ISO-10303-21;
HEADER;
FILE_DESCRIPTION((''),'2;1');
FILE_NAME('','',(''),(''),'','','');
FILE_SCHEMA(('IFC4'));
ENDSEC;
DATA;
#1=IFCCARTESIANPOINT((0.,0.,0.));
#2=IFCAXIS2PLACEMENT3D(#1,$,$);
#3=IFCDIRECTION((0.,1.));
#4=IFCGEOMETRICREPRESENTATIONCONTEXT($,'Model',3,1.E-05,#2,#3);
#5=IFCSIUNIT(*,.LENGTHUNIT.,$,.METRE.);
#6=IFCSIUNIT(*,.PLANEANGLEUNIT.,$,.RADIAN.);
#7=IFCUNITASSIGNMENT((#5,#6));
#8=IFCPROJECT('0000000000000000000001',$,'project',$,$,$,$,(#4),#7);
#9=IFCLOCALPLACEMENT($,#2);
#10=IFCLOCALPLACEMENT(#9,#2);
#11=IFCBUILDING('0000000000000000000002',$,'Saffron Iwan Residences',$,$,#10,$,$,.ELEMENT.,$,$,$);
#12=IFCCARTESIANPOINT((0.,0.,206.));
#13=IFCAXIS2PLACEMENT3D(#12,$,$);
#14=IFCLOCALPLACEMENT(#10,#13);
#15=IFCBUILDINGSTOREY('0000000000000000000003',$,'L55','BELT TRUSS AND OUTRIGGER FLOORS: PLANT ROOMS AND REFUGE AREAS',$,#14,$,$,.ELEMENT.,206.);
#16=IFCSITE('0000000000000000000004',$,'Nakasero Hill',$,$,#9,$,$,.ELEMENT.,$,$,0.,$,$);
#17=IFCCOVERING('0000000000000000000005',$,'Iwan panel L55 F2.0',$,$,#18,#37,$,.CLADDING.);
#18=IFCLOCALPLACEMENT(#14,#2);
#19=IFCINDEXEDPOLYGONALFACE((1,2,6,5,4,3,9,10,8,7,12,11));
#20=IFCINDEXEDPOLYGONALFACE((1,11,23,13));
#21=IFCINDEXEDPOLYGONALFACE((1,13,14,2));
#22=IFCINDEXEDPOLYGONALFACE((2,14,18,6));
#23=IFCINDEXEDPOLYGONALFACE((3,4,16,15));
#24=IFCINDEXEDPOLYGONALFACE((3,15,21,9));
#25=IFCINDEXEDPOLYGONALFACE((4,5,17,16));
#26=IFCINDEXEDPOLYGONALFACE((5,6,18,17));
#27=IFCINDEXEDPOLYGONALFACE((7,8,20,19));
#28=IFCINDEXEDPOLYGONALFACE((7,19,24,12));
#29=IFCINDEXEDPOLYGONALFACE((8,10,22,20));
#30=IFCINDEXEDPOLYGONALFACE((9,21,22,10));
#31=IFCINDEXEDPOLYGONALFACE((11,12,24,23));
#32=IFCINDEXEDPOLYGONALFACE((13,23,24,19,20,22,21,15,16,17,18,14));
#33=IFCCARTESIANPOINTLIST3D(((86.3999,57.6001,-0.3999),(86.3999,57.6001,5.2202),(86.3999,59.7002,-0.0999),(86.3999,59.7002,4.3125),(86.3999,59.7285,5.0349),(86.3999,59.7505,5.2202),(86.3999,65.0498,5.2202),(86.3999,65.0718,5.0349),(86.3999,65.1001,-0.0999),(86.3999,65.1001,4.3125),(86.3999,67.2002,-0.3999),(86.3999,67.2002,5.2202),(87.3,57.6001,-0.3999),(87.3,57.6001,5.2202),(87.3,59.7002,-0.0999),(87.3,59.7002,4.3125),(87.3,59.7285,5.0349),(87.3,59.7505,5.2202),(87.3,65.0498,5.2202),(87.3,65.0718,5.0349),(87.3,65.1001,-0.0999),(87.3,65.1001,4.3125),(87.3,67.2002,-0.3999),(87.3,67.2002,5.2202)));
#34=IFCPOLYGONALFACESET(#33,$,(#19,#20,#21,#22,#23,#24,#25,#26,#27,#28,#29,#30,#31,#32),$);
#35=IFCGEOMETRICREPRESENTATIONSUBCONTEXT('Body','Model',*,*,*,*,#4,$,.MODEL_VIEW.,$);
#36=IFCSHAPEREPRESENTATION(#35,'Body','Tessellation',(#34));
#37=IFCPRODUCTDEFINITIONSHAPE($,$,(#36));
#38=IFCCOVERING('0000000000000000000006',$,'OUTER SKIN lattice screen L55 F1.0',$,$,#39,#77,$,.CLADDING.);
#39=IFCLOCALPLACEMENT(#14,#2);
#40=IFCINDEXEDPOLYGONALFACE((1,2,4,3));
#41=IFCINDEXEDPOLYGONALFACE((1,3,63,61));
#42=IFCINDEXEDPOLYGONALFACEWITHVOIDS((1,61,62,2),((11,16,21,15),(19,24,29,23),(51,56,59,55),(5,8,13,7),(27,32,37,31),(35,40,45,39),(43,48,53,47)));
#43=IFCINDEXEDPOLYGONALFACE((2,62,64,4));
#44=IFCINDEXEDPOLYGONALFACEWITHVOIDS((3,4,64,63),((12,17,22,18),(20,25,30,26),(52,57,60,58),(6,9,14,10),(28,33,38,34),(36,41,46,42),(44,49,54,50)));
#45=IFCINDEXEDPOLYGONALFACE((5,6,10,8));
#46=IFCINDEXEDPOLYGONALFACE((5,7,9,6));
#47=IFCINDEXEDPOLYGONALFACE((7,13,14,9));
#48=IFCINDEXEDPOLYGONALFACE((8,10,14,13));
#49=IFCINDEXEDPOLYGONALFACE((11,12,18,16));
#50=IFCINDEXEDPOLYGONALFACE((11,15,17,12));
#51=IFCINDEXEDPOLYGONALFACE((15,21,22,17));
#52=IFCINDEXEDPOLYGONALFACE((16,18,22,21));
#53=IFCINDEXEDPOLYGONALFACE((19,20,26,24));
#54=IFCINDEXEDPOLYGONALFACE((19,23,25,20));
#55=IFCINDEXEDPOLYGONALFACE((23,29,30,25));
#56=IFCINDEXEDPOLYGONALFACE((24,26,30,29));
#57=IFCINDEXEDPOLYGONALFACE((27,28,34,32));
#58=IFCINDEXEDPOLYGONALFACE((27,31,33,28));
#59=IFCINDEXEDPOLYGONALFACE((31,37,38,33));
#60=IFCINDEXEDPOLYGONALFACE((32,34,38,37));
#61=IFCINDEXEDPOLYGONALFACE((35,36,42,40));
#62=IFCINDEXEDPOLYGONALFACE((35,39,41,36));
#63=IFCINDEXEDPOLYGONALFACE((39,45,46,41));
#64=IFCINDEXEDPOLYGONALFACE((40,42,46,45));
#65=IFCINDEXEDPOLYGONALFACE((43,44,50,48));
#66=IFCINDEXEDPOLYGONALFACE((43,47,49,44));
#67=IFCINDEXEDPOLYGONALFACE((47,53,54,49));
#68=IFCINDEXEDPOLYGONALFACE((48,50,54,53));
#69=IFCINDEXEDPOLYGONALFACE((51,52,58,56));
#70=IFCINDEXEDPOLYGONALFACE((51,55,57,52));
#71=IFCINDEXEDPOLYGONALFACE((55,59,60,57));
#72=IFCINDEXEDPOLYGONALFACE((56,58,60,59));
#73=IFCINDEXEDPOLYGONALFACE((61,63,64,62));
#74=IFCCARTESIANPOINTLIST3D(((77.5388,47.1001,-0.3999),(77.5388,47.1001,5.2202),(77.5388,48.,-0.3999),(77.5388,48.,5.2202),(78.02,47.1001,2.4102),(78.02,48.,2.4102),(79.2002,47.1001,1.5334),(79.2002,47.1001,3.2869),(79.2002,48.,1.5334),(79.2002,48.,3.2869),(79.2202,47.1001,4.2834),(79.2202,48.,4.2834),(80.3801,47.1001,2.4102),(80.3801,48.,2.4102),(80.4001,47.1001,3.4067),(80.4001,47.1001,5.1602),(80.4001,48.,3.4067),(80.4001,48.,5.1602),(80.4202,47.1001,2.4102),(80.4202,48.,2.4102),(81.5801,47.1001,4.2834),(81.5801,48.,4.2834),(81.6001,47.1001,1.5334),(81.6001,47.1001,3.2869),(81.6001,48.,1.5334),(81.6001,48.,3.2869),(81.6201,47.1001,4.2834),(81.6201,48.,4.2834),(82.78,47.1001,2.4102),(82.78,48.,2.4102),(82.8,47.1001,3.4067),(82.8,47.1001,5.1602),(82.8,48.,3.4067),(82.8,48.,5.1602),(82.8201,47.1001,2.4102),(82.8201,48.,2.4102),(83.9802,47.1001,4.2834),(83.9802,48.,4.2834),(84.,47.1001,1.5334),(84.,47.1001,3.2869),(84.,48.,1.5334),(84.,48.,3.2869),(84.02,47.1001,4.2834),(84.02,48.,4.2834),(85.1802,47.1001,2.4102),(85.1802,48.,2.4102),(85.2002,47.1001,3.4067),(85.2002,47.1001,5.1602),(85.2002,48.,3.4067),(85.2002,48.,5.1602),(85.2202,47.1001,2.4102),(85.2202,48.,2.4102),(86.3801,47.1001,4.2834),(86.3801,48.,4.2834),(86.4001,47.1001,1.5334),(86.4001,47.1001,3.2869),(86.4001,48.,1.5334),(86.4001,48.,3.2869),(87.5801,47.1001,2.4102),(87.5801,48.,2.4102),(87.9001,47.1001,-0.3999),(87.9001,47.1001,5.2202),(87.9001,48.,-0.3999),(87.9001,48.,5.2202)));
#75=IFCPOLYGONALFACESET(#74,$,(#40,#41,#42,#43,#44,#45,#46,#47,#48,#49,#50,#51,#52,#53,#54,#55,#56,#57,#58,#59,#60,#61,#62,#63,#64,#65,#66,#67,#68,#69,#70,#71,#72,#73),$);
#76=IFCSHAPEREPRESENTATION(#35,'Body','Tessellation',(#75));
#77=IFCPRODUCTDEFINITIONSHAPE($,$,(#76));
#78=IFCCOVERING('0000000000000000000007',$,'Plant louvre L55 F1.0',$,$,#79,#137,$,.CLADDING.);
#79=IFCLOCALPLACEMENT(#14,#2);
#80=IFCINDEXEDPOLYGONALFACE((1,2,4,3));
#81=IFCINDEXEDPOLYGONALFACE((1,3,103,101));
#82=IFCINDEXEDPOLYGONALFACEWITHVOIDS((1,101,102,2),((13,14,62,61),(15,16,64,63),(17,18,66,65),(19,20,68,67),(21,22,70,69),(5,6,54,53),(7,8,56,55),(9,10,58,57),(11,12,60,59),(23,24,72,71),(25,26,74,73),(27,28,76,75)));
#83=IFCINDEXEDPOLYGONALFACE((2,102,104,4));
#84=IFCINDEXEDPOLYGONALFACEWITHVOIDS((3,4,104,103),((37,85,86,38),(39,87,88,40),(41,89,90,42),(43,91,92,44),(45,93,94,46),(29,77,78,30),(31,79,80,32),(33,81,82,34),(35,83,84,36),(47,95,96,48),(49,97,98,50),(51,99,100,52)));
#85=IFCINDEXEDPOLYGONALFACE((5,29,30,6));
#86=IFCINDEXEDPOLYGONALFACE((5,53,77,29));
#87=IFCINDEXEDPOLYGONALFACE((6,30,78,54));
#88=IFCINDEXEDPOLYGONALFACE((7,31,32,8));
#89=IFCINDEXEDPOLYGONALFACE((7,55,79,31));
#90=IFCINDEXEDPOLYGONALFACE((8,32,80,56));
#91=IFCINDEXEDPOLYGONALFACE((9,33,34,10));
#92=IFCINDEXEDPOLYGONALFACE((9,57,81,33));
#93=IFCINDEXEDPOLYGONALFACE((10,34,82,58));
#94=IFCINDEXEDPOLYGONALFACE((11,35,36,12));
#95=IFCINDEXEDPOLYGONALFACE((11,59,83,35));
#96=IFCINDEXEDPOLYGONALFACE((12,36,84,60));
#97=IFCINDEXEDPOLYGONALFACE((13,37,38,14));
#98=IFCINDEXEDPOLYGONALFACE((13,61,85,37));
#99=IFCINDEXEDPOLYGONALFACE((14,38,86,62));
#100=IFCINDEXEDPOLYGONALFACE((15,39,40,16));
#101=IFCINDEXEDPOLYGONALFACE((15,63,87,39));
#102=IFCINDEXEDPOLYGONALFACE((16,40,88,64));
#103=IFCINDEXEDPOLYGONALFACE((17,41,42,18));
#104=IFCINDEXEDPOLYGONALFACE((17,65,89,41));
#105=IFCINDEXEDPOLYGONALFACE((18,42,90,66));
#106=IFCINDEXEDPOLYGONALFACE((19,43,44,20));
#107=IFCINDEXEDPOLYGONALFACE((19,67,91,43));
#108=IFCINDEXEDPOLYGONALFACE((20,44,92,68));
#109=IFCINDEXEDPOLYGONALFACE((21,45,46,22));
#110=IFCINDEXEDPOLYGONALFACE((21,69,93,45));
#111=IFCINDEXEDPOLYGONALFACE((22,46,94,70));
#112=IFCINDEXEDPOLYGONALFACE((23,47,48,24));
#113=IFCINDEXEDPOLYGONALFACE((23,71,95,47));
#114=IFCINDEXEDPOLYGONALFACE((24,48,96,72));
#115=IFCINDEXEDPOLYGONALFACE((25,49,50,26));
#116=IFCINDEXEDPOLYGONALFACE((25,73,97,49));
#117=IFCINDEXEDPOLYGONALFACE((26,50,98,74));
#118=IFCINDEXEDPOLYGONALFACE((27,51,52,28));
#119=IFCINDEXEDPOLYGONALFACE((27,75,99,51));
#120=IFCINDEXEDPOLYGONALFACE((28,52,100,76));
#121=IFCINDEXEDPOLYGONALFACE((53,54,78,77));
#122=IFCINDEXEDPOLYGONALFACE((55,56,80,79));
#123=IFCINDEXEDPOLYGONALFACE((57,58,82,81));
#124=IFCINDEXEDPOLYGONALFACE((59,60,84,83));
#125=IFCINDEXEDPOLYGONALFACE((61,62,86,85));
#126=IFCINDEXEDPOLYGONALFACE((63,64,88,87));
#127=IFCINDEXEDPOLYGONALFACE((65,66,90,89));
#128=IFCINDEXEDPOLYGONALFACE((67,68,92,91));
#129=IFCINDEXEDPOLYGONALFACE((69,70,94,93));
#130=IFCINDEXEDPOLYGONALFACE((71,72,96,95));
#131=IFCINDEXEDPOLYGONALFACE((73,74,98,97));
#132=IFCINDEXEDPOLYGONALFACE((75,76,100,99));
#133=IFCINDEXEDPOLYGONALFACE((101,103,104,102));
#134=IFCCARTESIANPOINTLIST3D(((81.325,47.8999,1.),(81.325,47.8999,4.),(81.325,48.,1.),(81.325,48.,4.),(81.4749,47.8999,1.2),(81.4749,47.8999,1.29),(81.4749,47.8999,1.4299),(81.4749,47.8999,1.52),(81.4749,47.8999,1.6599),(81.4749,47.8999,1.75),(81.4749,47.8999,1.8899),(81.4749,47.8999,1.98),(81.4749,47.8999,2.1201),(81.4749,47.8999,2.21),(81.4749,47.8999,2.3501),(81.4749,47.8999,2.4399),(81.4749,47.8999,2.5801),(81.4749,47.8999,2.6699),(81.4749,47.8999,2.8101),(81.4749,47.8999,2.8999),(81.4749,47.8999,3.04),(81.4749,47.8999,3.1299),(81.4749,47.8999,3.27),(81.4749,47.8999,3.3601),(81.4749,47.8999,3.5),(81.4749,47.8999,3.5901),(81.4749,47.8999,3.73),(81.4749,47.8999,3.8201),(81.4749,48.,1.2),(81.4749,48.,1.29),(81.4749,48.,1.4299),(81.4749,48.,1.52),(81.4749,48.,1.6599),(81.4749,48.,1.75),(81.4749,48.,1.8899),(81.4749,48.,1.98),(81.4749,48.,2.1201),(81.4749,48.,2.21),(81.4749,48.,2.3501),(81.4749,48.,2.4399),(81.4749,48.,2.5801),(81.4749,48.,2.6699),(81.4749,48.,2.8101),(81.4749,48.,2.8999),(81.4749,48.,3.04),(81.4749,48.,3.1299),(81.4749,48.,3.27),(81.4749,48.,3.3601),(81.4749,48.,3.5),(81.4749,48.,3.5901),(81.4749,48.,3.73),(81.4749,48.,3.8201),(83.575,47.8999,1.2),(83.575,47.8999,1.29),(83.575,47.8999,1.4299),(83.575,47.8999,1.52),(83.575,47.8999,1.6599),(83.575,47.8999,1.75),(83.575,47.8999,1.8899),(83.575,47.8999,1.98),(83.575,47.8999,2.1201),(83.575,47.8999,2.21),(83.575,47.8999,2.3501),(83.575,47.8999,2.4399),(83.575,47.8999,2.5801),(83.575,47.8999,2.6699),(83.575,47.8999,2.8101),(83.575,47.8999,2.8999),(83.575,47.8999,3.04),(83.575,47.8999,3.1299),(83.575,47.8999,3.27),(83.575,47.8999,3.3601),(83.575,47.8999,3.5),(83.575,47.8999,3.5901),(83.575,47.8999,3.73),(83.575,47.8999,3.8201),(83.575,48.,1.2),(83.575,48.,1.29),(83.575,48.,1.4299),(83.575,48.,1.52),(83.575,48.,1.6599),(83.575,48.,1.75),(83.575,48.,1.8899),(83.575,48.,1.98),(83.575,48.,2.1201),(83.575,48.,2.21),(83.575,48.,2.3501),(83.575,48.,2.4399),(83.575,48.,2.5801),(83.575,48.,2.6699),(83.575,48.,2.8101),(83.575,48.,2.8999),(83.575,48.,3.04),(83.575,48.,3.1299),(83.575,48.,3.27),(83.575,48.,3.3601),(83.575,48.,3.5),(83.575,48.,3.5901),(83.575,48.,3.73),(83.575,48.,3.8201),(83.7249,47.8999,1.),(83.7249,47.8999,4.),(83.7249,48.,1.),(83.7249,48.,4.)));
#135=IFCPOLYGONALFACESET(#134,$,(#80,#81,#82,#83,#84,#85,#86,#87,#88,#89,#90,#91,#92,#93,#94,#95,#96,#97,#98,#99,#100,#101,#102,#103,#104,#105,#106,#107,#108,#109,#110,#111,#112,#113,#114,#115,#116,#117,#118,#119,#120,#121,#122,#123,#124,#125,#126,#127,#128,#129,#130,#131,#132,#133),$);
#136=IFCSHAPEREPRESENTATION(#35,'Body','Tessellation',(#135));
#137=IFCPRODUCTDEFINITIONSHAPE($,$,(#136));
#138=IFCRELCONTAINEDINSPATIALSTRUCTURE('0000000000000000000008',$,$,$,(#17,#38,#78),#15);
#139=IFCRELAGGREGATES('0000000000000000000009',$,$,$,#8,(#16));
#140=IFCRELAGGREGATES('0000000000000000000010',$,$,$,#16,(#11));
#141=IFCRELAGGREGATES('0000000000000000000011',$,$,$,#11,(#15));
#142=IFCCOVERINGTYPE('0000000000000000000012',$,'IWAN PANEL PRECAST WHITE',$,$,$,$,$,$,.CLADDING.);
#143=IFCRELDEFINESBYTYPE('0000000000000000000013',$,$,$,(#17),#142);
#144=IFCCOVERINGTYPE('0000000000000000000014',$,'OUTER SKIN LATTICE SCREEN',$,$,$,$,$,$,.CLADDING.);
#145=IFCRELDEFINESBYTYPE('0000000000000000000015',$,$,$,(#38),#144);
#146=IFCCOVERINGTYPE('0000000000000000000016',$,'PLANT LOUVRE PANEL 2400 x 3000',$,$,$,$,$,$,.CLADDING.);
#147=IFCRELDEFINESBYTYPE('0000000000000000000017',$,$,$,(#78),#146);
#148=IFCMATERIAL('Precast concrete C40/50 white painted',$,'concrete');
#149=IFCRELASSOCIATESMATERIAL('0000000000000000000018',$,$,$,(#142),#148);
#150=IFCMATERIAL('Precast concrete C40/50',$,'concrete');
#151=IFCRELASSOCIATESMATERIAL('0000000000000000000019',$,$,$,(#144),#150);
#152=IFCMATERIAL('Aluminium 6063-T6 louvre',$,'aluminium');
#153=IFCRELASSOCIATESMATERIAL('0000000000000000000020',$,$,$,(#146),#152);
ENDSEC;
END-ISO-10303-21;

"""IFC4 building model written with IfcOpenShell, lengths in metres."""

from ifc_helpers import new_model, si_unit, direction, frame, origin, place, context, subcontext, project, spatial, polyline, outline, extrude, material, type_object, element, save


model = new_model("IFC4")

# Units and contexts
model_context = context("Model", 3, precision=1e-05, world=origin(), true_north=direction((0.0, 1.0)))
body_context = subcontext(model_context, "Body", "Model", "MODEL_VIEW")
ifc_project = project(units=[si_unit("LENGTHUNIT", "METRE"), si_unit("PLANEANGLEUNIT", "RADIAN")], contexts=[model_context])

# Site, building, storey
site_placement = place(None, origin())
site = spatial("IfcSite", under=ifc_project, at=site_placement, Name="Nakasero Hill", CompositionType="ELEMENT", RefElevation=0.0)
building_placement = place(site_placement, origin())
building = spatial("IfcBuilding", under=site, at=building_placement, Name="Saffron Iwan Residences", CompositionType="ELEMENT")
storey_placement = place(building_placement, frame((0.0, 0.0, 206.0)))
storey = spatial("IfcBuildingStorey", under=building, at=storey_placement, Name="L55", Description="BELT TRUSS AND OUTRIGGER FLOORS: PLANT ROOMS AND REFUGE AREAS", CompositionType="ELEMENT", Elevation=206.0)

# Coverings
ifc_material_1 = material(Name="Precast concrete C40/50 white painted", Category="concrete")
covering_type_1 = type_object("IfcCoveringType", Name="IWAN PANEL PRECAST WHITE", PredefinedType="CLADDING", material=ifc_material_1)
covering_1_placement = place(storey_placement, frame((86.3999, 57.6001, -0.3999), z_axis=(1.0, 0.0, 0.0), x_axis=(0.0, 1.0, 0.0)))
element("IfcCovering", 1, at=covering_1_placement, inside=storey, type_object=covering_type_1, Name="Iwan panel L55 F2.0", PredefinedType="CLADDING", context=body_context, shape_type="SweptSolid", body=[
    extrude(outline(polyline([(9.6001, 5.6201), (9.6001, 0.0), (0.0, 0.0), (0.0, 5.6201), (2.1504, 5.6201), (2.1284, 5.4348), (2.1001, 4.7124), (2.1001, 0.3), (7.5, 0.3), (7.5, 4.7124), (7.4717, 5.4348), (7.4497, 5.6201), (9.6001, 5.6201)])), origin(), (0.0, 0.0, 1.0), 0.9001),
])
ifc_material_2 = material(Name="Precast concrete C40/50", Category="concrete")
covering_type_2 = type_object("IfcCoveringType", Name="OUTER SKIN LATTICE SCREEN", PredefinedType="CLADDING", material=ifc_material_2)
covering_2_placement = place(storey_placement, frame((77.5388, 48.0, -0.3999), z_axis=(0.0, -1.0, 0.0), x_axis=(1.0, 0.0, 0.0)))
element("IfcCovering", 2, at=covering_2_placement, inside=storey, type_object=covering_type_2, Name="OUTER SKIN lattice screen L55 F1.0", PredefinedType="CLADDING", context=body_context, shape_type="SweptSolid", body=[
    extrude(outline(polyline([(0.0, 0.0), (10.3613, 0.0), (10.3613, 5.6201), (0.0, 5.6201), (0.0, 0.0)]), holes=[polyline([(0.4812, 2.8101), (1.6614, 1.9333), (2.8413, 2.8101), (1.6614, 3.6868), (0.4812, 2.8101)]), polyline([(2.8813, 2.8101), (4.0613, 1.9333), (5.2412, 2.8101), (4.0613, 3.6868), (2.8813, 2.8101)]), polyline([(5.2812, 2.8101), (6.4612, 1.9333), (7.6414, 2.8101), (6.4612, 3.6868), (5.2812, 2.8101)]), polyline([(7.6814, 2.8101), (8.8613, 1.9333), (10.0413, 2.8101), (8.8613, 3.6868), (7.6814, 2.8101)]), polyline([(1.6814, 4.6833), (2.8613, 3.8066), (4.0413, 4.6833), (2.8613, 5.5601), (1.6814, 4.6833)]), polyline([(4.0813, 4.6833), (5.2612, 3.8066), (6.4414, 4.6833), (5.2612, 5.5601), (4.0813, 4.6833)]), polyline([(6.4812, 4.6833), (7.6614, 3.8066), (8.8413, 4.6833), (7.6614, 5.5601), (6.4812, 4.6833)])]), origin(), (0.0, 0.0, 1.0), 0.8999),
])
ifc_material_3 = material(Name="Aluminium 6063-T6 louvre", Category="aluminium")
covering_type_3 = type_object("IfcCoveringType", Name="PLANT LOUVRE PANEL 2400 x 3000", PredefinedType="CLADDING", material=ifc_material_3)
covering_3_placement = place(storey_placement, frame((81.325, 48.0, 1.0), z_axis=(0.0, -1.0, 0.0), x_axis=(1.0, 0.0, 0.0)))
element("IfcCovering", 3, at=covering_3_placement, inside=storey, type_object=covering_type_3, Name="Plant louvre L55 F1.0", PredefinedType="CLADDING", context=body_context, shape_type="SweptSolid", body=[
    extrude(outline(polyline([(0.0, 0.0), (2.3999, 0.0), (2.3999, 3.0), (0.0, 3.0), (0.0, 0.0)]), holes=[polyline([(0.1499, 0.2), (2.25, 0.2), (2.25, 0.29), (0.1499, 0.29), (0.1499, 0.2)]), polyline([(0.1499, 0.4299), (2.25, 0.4299), (2.25, 0.52), (0.1499, 0.52), (0.1499, 0.4299)]), polyline([(0.1499, 0.6599), (2.25, 0.6599), (2.25, 0.75), (0.1499, 0.75), (0.1499, 0.6599)]), polyline([(0.1499, 0.8899), (2.25, 0.8899), (2.25, 0.98), (0.1499, 0.98), (0.1499, 0.8899)]), polyline([(0.1499, 1.1201), (2.25, 1.1201), (2.25, 1.21), (0.1499, 1.21), (0.1499, 1.1201)]), polyline([(0.1499, 1.3501), (2.25, 1.3501), (2.25, 1.4399), (0.1499, 1.4399), (0.1499, 1.3501)]), polyline([(0.1499, 1.5801), (2.25, 1.5801), (2.25, 1.6699), (0.1499, 1.6699), (0.1499, 1.5801)]), polyline([(0.1499, 1.8101), (2.25, 1.8101), (2.25, 1.8999), (0.1499, 1.8999), (0.1499, 1.8101)]), polyline([(0.1499, 2.04), (2.25, 2.04), (2.25, 2.1299), (0.1499, 2.1299), (0.1499, 2.04)]), polyline([(0.1499, 2.27), (2.25, 2.27), (2.25, 2.3601), (0.1499, 2.3601), (0.1499, 2.27)]), polyline([(0.1499, 2.5), (2.25, 2.5), (2.25, 2.5901), (0.1499, 2.5901), (0.1499, 2.5)]), polyline([(0.1499, 2.73), (2.25, 2.73), (2.25, 2.8201), (0.1499, 2.8201), (0.1499, 2.73)])]), origin(), (0.0, 0.0, 1.0), 0.1001),
])

save(model, "model.ifc")
